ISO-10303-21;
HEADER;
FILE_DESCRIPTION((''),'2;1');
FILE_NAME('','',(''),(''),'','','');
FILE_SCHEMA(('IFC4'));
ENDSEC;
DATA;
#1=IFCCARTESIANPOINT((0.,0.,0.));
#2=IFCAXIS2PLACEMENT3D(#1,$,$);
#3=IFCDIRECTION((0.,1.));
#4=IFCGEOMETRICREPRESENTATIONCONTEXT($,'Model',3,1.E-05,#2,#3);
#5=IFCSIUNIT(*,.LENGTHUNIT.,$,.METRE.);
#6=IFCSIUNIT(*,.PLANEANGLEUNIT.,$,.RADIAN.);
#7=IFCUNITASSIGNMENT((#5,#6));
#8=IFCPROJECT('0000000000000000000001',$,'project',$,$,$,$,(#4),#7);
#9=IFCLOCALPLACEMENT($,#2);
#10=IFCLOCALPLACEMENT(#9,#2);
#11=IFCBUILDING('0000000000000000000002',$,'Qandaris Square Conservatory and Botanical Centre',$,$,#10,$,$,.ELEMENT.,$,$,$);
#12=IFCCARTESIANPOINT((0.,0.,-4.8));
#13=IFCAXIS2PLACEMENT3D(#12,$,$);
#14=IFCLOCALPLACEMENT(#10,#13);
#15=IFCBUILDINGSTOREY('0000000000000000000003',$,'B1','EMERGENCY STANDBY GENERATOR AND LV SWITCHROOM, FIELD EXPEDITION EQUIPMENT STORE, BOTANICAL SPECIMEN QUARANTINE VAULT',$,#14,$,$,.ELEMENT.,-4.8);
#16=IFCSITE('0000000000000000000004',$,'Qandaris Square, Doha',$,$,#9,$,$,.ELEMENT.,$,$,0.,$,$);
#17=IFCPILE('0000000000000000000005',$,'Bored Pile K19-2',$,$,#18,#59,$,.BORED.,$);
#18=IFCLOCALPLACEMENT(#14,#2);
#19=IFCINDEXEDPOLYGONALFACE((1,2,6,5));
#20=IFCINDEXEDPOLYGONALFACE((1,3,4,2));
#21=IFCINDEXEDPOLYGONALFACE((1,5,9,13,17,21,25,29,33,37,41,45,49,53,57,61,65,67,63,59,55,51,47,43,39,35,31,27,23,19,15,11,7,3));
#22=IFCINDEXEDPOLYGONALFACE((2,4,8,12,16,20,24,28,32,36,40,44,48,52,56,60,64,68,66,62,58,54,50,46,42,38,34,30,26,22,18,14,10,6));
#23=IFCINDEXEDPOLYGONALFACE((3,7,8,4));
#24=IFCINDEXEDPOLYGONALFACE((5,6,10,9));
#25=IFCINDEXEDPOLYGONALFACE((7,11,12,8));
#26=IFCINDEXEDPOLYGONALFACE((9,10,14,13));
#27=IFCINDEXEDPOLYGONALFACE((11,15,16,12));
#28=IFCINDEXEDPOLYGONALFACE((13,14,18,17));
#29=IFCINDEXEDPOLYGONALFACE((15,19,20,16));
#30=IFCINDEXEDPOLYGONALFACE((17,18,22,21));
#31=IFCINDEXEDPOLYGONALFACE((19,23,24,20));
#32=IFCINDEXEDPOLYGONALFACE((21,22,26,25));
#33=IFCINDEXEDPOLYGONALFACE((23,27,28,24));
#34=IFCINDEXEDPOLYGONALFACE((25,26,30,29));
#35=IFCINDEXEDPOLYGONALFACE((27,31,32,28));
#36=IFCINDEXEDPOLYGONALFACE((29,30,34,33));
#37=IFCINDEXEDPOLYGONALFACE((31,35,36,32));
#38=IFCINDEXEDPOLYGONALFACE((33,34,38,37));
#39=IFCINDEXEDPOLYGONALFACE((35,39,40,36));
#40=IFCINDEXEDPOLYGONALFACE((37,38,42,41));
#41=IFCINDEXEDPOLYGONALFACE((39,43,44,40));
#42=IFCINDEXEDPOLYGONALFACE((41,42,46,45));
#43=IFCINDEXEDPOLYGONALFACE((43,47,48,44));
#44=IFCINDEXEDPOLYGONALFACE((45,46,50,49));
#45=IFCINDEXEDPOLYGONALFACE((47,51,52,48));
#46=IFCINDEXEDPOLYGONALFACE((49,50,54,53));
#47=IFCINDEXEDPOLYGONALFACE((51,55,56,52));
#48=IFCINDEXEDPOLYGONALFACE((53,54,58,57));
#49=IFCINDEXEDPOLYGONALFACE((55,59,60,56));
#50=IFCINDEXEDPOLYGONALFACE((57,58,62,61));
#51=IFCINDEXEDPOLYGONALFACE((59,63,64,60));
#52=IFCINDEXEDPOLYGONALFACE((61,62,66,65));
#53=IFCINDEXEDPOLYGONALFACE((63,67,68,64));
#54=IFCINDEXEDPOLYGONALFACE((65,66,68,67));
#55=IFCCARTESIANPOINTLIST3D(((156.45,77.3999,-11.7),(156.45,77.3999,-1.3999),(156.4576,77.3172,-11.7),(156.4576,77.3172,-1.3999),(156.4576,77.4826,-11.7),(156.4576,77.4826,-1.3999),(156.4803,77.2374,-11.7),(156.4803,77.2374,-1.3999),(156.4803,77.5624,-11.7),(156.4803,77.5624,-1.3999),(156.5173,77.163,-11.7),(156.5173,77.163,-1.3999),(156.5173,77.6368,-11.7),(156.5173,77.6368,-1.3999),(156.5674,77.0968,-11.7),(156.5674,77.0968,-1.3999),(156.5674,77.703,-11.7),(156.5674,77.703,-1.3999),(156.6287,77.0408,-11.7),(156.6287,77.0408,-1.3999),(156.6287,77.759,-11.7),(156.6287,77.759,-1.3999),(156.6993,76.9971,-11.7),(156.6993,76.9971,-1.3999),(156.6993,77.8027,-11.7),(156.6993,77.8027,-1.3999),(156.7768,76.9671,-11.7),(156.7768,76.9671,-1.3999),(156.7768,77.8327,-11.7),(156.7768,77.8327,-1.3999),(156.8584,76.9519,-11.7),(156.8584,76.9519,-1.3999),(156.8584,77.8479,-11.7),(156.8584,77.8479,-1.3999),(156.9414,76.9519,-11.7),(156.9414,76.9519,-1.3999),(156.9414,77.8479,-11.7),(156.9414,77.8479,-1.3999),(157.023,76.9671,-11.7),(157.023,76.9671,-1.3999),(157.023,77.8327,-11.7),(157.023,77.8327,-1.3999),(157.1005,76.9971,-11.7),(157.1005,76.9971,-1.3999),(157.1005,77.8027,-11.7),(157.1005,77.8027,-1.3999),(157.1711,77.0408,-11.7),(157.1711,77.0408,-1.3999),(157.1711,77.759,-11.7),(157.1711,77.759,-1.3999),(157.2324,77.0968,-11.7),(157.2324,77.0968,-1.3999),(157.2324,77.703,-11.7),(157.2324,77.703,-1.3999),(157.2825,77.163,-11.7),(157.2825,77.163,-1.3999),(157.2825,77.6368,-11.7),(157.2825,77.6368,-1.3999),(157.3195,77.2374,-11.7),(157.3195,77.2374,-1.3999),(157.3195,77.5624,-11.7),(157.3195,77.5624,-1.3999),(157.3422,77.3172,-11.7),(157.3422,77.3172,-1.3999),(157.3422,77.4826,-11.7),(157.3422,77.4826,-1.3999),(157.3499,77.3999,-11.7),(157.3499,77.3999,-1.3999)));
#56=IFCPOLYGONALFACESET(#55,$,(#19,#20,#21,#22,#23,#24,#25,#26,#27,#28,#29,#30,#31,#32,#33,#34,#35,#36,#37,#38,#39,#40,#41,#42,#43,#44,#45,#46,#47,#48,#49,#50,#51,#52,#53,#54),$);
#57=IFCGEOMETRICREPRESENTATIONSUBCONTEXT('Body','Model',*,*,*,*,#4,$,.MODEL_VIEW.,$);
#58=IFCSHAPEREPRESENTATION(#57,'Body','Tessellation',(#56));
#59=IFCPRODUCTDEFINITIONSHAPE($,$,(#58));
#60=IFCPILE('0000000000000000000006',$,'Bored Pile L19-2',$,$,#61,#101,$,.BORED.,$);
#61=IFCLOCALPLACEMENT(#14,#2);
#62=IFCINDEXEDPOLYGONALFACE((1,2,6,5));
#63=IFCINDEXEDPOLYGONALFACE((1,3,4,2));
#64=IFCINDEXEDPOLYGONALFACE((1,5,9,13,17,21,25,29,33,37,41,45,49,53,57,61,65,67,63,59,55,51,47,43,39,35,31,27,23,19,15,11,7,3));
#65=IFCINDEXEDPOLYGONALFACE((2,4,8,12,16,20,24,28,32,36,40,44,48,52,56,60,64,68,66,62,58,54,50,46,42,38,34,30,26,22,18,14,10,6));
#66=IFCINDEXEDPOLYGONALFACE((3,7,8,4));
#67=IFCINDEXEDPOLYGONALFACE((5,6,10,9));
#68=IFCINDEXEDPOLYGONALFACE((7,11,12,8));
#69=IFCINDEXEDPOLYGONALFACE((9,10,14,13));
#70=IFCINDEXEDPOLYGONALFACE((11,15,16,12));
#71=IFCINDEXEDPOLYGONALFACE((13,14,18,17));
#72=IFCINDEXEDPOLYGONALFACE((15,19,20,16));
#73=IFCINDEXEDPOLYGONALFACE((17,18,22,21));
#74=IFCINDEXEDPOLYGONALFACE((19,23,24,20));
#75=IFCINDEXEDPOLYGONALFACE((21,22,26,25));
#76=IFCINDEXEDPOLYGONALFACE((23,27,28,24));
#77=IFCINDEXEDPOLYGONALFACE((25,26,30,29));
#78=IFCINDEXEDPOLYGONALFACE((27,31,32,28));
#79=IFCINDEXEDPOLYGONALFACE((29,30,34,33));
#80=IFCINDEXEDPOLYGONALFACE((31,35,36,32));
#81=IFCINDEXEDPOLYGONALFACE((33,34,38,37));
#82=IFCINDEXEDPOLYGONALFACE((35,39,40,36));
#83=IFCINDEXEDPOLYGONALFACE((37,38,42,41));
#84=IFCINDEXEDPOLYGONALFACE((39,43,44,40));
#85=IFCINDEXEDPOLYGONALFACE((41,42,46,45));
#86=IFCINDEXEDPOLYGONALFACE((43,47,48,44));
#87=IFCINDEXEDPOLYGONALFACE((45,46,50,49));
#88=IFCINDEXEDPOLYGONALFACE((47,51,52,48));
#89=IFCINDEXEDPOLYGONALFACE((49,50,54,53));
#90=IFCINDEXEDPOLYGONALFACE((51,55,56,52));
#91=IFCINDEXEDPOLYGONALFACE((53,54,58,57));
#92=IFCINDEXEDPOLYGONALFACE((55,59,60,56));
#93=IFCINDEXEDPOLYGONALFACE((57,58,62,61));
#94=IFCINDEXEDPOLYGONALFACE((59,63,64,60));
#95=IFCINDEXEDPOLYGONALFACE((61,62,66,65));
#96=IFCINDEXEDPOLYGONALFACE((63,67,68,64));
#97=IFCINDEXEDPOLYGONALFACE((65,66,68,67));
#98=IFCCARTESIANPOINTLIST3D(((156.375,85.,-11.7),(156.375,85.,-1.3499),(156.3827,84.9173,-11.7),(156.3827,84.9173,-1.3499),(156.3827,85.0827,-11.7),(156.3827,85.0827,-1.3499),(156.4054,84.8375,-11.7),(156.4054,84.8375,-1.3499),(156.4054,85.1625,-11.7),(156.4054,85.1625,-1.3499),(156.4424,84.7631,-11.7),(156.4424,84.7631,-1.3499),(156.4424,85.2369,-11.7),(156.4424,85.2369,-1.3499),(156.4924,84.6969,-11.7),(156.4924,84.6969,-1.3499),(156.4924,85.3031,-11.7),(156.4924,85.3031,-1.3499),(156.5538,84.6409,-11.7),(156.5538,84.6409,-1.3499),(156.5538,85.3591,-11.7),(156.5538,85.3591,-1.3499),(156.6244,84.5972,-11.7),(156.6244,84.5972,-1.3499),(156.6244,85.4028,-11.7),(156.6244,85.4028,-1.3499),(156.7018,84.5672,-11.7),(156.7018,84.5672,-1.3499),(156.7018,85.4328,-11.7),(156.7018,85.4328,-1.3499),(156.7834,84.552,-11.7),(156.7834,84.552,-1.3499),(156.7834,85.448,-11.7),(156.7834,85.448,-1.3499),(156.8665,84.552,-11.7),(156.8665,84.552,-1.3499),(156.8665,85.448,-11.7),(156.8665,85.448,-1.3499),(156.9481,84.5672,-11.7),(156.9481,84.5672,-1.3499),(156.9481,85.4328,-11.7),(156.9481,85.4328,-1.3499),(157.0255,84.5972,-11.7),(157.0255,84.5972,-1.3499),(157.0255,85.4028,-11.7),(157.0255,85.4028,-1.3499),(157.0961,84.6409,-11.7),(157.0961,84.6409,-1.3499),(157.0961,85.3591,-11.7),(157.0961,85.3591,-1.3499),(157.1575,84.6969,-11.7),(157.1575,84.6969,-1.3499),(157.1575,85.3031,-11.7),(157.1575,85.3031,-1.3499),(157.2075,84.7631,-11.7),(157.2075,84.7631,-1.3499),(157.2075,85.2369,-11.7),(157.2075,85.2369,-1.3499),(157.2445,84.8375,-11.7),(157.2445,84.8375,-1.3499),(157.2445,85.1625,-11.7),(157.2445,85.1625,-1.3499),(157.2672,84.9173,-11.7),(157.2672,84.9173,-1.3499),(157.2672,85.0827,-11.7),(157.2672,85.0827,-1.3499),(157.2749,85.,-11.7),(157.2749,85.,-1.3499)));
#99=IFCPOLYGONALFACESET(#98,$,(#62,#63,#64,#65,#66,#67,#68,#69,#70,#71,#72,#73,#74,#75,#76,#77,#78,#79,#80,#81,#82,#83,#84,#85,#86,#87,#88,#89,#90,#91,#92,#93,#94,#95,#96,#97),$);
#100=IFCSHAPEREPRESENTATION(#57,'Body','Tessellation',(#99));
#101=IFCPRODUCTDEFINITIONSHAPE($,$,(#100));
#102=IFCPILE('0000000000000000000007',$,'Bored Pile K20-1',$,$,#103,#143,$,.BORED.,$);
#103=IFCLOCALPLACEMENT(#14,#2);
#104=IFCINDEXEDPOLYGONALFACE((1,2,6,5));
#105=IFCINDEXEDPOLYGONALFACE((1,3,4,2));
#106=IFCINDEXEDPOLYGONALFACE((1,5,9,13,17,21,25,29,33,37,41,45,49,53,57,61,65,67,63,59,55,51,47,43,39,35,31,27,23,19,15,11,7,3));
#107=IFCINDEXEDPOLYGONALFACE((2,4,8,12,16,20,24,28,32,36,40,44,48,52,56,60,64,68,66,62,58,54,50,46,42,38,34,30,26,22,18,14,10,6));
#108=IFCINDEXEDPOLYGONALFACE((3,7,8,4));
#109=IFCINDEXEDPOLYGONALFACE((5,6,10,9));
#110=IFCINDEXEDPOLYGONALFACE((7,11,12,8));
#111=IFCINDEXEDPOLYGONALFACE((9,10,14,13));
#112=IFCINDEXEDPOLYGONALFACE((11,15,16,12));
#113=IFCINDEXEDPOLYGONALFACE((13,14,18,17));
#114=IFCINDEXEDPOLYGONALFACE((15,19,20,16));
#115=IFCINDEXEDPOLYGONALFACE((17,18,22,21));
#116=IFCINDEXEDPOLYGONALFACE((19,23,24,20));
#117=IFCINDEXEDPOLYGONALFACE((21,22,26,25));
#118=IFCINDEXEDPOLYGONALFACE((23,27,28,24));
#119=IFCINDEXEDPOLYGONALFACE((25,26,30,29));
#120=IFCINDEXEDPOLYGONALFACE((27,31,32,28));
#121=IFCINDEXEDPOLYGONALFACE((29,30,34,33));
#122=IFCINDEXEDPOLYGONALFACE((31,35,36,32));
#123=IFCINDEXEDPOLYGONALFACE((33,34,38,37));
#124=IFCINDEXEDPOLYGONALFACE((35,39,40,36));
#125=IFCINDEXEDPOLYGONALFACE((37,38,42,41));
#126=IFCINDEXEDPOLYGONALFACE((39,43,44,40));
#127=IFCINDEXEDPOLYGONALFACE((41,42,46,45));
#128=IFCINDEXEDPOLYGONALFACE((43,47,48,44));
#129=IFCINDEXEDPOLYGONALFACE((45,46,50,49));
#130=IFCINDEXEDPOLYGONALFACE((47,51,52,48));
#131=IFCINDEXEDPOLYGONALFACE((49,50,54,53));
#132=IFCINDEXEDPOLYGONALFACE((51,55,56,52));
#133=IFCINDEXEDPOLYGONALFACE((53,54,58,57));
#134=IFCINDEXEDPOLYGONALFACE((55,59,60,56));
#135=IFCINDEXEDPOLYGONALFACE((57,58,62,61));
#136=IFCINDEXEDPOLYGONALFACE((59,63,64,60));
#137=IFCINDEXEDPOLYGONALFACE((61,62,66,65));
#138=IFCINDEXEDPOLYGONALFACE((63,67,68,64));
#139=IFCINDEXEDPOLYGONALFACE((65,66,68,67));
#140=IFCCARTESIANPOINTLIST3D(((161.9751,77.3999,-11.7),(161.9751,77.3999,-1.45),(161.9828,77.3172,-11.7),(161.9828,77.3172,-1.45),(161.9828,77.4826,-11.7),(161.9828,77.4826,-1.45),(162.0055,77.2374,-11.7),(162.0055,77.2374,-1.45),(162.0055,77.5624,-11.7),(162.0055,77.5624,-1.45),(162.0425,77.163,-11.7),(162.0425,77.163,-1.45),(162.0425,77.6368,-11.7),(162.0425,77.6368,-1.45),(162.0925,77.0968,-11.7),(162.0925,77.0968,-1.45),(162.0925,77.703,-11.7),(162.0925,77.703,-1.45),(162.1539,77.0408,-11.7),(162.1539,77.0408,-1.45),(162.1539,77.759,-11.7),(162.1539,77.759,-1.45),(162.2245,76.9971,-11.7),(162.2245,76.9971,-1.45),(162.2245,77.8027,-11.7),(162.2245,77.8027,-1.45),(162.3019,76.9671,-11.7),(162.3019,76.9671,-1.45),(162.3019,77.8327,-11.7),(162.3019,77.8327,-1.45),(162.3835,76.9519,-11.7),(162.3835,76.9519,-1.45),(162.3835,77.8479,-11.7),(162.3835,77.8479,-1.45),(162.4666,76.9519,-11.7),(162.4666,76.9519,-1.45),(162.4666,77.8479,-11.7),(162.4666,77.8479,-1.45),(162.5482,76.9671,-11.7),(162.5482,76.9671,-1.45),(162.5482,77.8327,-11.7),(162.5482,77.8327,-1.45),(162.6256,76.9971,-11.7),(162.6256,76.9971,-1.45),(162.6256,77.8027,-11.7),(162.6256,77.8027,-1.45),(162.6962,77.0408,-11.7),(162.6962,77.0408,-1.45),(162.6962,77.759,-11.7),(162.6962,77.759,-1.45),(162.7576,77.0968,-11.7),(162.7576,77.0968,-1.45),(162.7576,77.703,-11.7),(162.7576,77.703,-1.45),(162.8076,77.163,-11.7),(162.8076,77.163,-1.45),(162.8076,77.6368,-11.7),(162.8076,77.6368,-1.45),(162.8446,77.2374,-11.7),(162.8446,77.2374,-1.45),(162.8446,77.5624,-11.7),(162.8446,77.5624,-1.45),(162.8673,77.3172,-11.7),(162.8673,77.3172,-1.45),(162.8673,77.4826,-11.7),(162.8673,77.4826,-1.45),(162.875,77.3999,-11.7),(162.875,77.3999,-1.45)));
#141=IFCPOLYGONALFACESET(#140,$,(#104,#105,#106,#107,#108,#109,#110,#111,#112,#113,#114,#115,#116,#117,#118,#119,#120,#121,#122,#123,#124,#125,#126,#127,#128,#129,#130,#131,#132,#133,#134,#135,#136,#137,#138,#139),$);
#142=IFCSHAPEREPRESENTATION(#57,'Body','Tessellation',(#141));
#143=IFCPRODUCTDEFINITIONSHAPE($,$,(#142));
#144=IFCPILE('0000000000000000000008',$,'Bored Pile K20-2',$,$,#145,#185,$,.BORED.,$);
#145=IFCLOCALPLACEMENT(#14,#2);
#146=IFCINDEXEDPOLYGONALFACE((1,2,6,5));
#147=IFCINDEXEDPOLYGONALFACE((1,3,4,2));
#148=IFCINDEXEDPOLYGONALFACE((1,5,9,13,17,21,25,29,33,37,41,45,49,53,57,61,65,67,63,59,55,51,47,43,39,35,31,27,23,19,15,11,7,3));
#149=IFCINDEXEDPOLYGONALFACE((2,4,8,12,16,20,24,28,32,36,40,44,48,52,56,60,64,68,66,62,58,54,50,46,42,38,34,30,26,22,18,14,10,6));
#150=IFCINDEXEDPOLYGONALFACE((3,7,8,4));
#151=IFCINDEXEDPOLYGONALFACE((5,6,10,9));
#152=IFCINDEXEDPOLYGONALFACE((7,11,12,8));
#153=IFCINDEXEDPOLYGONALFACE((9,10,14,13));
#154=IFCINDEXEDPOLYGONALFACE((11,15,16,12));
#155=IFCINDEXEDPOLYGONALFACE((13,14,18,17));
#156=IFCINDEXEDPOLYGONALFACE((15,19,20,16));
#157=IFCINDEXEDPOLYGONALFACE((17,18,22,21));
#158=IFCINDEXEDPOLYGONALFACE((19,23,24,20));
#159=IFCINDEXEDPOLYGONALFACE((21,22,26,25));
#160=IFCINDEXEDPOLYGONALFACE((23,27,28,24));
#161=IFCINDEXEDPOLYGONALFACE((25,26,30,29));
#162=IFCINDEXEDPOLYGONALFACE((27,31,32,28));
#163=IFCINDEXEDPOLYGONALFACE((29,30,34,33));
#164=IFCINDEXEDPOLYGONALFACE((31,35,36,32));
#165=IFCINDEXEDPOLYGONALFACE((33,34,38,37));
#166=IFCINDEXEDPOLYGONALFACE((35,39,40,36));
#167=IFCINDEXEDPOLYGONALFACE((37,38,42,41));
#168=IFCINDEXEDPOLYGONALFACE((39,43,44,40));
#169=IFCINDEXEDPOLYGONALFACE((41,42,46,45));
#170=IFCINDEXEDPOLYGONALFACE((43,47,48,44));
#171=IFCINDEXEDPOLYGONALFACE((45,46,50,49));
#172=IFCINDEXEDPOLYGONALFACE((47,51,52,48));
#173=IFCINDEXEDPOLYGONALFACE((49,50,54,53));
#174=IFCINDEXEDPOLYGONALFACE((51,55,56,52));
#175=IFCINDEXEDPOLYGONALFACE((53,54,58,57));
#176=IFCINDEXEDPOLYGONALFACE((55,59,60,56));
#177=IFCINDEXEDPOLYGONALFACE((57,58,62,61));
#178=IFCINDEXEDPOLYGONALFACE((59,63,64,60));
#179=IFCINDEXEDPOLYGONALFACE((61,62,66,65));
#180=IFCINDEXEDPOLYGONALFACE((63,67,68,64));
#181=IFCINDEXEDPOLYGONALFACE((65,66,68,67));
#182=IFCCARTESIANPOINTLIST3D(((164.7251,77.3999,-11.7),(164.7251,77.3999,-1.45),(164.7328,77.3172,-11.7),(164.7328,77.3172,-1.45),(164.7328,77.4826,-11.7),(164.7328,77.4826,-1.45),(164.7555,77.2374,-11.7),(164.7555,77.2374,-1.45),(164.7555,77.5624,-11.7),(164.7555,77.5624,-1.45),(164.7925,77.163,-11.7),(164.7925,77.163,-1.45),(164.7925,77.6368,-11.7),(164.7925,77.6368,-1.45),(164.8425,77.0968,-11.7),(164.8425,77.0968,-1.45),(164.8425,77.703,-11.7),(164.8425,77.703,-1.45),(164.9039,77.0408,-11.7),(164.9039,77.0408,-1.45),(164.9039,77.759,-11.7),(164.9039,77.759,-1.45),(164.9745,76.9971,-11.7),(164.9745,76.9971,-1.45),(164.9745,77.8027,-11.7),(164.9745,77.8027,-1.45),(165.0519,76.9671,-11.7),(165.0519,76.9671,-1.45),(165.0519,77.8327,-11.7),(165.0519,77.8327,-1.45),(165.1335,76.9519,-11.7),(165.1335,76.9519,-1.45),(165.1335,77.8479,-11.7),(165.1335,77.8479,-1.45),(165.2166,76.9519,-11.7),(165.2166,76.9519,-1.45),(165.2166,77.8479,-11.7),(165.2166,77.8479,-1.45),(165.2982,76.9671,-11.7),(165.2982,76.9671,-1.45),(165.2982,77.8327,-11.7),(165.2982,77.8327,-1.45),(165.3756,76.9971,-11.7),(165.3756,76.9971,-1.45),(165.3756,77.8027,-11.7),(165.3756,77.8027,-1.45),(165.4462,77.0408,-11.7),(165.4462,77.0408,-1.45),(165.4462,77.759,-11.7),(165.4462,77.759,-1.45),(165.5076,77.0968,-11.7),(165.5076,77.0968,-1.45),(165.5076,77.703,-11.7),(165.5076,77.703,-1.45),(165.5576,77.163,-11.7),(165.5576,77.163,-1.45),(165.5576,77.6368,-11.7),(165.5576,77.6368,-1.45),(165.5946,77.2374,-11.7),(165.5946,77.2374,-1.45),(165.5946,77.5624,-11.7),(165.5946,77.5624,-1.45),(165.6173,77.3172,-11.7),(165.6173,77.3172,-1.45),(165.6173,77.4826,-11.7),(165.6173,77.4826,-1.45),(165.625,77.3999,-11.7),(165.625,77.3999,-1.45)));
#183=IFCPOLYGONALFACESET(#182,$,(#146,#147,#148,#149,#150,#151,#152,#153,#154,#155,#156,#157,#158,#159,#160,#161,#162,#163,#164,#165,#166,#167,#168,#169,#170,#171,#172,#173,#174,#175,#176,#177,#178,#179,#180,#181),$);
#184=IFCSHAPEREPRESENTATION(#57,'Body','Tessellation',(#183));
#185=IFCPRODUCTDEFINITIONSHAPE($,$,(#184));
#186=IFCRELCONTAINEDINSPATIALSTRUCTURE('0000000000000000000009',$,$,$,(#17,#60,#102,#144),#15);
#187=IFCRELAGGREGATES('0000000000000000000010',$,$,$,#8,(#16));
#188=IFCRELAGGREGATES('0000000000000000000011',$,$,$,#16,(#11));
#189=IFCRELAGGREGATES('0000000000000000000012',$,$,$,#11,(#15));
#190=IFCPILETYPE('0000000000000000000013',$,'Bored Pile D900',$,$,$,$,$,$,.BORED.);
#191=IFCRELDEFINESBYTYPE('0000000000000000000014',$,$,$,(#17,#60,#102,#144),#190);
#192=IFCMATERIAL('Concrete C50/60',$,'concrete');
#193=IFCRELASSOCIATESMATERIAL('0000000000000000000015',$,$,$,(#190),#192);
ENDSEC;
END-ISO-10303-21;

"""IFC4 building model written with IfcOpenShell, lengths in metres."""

from ifc_helpers import new_model, si_unit, direction, frame, origin, origin_2d, place, context, subcontext, project, spatial, circle, extrude, material, material_profile, profile_set, type_object, element, save


model = new_model("IFC4")

# Units and contexts
model_context = context("Model", 3, precision=1e-05, world=origin(), true_north=direction((0.0, 1.0)))
body_context = subcontext(model_context, "Body", "Model", "MODEL_VIEW")
ifc_project = project(units=[si_unit("LENGTHUNIT", "METRE"), si_unit("PLANEANGLEUNIT", "RADIAN")], contexts=[model_context])

# Site, building, storey
site_placement = place(None, origin())
site = spatial("IfcSite", under=ifc_project, at=site_placement, Name="Qandaris Square, Doha", CompositionType="ELEMENT", RefElevation=0.0)
building_placement = place(site_placement, origin())
building = spatial("IfcBuilding", under=site, at=building_placement, Name="Qandaris Square Conservatory and Botanical Centre", CompositionType="ELEMENT")
storey_placement = place(building_placement, frame((0.0, 0.0, -4.8)))
storey = spatial("IfcBuildingStorey", under=building, at=storey_placement, Name="B1", Description="EMERGENCY STANDBY GENERATOR AND LV SWITCHROOM, FIELD EXPEDITION EQUIPMENT STORE, BOTANICAL SPECIMEN QUARANTINE VAULT", CompositionType="ELEMENT", Elevation=-4.8)

# Piles
ifc_material_1 = material(Name="Concrete C50/60", Category="concrete")
ifc_material_profile_1 = material_profile(ifc_material_1, circle(Radius=0.45, at=origin_2d()), Name="PILE D900")
ifc_profile_set_1 = profile_set([ifc_material_profile_1], Name="Concrete C50/60")
pile_type = type_object("IfcPileType", Name="Bored Pile D900", PredefinedType="BORED", material=ifc_profile_set_1)
pile_1_placement = place(storey_placement, frame((156.8999, 77.3999, -1.3999), z_axis=(0.0, 0.0, -1.0), x_axis=(1.0, 0.0, 0.0)))
element("IfcPile", 1, at=pile_1_placement, inside=storey, type_object=pile_type, Name="Bored Pile K19-2", PredefinedType="BORED", context=body_context, shape_type="SweptSolid", body=[
    extrude(circle(Radius=0.45, at=origin_2d()), origin(), (0.0, 0.0, 1.0), 10.3),
])
pile_2_placement = place(storey_placement, frame((156.825, 85.0, -1.3499), z_axis=(0.0, 0.0, -1.0), x_axis=(1.0, 0.0, 0.0)))
element("IfcPile", 2, at=pile_2_placement, inside=storey, type_object=pile_type, Name="Bored Pile L19-2", PredefinedType="BORED", context=body_context, shape_type="SweptSolid", body=[
    extrude(circle(Radius=0.45, at=origin_2d()), origin(), (0.0, 0.0, 1.0), 10.3501),
])
for number, where, z_axis, x_axis, name in (
    (3, (162.425, 77.3999, -1.45), (0.0, 0.0, -1.0), (1.0, 0.0, 0.0), "Bored Pile K20-1"),
    (4, (165.175, 77.3999, -1.45), (0.0, 0.0, -1.0), (1.0, 0.0, 0.0), "Bored Pile K20-2"),
):
    element("IfcPile", number, at=place(storey_placement, frame(where, z_axis=z_axis, x_axis=x_axis)), inside=storey, type_object=pile_type, Name=name, PredefinedType="BORED", context=body_context, shape_type="SweptSolid", body=[
        extrude(circle(Radius=0.45, at=origin_2d()), origin(), (0.0, 0.0, 1.0), 10.25),
    ])

save(model, "model.ifc")
